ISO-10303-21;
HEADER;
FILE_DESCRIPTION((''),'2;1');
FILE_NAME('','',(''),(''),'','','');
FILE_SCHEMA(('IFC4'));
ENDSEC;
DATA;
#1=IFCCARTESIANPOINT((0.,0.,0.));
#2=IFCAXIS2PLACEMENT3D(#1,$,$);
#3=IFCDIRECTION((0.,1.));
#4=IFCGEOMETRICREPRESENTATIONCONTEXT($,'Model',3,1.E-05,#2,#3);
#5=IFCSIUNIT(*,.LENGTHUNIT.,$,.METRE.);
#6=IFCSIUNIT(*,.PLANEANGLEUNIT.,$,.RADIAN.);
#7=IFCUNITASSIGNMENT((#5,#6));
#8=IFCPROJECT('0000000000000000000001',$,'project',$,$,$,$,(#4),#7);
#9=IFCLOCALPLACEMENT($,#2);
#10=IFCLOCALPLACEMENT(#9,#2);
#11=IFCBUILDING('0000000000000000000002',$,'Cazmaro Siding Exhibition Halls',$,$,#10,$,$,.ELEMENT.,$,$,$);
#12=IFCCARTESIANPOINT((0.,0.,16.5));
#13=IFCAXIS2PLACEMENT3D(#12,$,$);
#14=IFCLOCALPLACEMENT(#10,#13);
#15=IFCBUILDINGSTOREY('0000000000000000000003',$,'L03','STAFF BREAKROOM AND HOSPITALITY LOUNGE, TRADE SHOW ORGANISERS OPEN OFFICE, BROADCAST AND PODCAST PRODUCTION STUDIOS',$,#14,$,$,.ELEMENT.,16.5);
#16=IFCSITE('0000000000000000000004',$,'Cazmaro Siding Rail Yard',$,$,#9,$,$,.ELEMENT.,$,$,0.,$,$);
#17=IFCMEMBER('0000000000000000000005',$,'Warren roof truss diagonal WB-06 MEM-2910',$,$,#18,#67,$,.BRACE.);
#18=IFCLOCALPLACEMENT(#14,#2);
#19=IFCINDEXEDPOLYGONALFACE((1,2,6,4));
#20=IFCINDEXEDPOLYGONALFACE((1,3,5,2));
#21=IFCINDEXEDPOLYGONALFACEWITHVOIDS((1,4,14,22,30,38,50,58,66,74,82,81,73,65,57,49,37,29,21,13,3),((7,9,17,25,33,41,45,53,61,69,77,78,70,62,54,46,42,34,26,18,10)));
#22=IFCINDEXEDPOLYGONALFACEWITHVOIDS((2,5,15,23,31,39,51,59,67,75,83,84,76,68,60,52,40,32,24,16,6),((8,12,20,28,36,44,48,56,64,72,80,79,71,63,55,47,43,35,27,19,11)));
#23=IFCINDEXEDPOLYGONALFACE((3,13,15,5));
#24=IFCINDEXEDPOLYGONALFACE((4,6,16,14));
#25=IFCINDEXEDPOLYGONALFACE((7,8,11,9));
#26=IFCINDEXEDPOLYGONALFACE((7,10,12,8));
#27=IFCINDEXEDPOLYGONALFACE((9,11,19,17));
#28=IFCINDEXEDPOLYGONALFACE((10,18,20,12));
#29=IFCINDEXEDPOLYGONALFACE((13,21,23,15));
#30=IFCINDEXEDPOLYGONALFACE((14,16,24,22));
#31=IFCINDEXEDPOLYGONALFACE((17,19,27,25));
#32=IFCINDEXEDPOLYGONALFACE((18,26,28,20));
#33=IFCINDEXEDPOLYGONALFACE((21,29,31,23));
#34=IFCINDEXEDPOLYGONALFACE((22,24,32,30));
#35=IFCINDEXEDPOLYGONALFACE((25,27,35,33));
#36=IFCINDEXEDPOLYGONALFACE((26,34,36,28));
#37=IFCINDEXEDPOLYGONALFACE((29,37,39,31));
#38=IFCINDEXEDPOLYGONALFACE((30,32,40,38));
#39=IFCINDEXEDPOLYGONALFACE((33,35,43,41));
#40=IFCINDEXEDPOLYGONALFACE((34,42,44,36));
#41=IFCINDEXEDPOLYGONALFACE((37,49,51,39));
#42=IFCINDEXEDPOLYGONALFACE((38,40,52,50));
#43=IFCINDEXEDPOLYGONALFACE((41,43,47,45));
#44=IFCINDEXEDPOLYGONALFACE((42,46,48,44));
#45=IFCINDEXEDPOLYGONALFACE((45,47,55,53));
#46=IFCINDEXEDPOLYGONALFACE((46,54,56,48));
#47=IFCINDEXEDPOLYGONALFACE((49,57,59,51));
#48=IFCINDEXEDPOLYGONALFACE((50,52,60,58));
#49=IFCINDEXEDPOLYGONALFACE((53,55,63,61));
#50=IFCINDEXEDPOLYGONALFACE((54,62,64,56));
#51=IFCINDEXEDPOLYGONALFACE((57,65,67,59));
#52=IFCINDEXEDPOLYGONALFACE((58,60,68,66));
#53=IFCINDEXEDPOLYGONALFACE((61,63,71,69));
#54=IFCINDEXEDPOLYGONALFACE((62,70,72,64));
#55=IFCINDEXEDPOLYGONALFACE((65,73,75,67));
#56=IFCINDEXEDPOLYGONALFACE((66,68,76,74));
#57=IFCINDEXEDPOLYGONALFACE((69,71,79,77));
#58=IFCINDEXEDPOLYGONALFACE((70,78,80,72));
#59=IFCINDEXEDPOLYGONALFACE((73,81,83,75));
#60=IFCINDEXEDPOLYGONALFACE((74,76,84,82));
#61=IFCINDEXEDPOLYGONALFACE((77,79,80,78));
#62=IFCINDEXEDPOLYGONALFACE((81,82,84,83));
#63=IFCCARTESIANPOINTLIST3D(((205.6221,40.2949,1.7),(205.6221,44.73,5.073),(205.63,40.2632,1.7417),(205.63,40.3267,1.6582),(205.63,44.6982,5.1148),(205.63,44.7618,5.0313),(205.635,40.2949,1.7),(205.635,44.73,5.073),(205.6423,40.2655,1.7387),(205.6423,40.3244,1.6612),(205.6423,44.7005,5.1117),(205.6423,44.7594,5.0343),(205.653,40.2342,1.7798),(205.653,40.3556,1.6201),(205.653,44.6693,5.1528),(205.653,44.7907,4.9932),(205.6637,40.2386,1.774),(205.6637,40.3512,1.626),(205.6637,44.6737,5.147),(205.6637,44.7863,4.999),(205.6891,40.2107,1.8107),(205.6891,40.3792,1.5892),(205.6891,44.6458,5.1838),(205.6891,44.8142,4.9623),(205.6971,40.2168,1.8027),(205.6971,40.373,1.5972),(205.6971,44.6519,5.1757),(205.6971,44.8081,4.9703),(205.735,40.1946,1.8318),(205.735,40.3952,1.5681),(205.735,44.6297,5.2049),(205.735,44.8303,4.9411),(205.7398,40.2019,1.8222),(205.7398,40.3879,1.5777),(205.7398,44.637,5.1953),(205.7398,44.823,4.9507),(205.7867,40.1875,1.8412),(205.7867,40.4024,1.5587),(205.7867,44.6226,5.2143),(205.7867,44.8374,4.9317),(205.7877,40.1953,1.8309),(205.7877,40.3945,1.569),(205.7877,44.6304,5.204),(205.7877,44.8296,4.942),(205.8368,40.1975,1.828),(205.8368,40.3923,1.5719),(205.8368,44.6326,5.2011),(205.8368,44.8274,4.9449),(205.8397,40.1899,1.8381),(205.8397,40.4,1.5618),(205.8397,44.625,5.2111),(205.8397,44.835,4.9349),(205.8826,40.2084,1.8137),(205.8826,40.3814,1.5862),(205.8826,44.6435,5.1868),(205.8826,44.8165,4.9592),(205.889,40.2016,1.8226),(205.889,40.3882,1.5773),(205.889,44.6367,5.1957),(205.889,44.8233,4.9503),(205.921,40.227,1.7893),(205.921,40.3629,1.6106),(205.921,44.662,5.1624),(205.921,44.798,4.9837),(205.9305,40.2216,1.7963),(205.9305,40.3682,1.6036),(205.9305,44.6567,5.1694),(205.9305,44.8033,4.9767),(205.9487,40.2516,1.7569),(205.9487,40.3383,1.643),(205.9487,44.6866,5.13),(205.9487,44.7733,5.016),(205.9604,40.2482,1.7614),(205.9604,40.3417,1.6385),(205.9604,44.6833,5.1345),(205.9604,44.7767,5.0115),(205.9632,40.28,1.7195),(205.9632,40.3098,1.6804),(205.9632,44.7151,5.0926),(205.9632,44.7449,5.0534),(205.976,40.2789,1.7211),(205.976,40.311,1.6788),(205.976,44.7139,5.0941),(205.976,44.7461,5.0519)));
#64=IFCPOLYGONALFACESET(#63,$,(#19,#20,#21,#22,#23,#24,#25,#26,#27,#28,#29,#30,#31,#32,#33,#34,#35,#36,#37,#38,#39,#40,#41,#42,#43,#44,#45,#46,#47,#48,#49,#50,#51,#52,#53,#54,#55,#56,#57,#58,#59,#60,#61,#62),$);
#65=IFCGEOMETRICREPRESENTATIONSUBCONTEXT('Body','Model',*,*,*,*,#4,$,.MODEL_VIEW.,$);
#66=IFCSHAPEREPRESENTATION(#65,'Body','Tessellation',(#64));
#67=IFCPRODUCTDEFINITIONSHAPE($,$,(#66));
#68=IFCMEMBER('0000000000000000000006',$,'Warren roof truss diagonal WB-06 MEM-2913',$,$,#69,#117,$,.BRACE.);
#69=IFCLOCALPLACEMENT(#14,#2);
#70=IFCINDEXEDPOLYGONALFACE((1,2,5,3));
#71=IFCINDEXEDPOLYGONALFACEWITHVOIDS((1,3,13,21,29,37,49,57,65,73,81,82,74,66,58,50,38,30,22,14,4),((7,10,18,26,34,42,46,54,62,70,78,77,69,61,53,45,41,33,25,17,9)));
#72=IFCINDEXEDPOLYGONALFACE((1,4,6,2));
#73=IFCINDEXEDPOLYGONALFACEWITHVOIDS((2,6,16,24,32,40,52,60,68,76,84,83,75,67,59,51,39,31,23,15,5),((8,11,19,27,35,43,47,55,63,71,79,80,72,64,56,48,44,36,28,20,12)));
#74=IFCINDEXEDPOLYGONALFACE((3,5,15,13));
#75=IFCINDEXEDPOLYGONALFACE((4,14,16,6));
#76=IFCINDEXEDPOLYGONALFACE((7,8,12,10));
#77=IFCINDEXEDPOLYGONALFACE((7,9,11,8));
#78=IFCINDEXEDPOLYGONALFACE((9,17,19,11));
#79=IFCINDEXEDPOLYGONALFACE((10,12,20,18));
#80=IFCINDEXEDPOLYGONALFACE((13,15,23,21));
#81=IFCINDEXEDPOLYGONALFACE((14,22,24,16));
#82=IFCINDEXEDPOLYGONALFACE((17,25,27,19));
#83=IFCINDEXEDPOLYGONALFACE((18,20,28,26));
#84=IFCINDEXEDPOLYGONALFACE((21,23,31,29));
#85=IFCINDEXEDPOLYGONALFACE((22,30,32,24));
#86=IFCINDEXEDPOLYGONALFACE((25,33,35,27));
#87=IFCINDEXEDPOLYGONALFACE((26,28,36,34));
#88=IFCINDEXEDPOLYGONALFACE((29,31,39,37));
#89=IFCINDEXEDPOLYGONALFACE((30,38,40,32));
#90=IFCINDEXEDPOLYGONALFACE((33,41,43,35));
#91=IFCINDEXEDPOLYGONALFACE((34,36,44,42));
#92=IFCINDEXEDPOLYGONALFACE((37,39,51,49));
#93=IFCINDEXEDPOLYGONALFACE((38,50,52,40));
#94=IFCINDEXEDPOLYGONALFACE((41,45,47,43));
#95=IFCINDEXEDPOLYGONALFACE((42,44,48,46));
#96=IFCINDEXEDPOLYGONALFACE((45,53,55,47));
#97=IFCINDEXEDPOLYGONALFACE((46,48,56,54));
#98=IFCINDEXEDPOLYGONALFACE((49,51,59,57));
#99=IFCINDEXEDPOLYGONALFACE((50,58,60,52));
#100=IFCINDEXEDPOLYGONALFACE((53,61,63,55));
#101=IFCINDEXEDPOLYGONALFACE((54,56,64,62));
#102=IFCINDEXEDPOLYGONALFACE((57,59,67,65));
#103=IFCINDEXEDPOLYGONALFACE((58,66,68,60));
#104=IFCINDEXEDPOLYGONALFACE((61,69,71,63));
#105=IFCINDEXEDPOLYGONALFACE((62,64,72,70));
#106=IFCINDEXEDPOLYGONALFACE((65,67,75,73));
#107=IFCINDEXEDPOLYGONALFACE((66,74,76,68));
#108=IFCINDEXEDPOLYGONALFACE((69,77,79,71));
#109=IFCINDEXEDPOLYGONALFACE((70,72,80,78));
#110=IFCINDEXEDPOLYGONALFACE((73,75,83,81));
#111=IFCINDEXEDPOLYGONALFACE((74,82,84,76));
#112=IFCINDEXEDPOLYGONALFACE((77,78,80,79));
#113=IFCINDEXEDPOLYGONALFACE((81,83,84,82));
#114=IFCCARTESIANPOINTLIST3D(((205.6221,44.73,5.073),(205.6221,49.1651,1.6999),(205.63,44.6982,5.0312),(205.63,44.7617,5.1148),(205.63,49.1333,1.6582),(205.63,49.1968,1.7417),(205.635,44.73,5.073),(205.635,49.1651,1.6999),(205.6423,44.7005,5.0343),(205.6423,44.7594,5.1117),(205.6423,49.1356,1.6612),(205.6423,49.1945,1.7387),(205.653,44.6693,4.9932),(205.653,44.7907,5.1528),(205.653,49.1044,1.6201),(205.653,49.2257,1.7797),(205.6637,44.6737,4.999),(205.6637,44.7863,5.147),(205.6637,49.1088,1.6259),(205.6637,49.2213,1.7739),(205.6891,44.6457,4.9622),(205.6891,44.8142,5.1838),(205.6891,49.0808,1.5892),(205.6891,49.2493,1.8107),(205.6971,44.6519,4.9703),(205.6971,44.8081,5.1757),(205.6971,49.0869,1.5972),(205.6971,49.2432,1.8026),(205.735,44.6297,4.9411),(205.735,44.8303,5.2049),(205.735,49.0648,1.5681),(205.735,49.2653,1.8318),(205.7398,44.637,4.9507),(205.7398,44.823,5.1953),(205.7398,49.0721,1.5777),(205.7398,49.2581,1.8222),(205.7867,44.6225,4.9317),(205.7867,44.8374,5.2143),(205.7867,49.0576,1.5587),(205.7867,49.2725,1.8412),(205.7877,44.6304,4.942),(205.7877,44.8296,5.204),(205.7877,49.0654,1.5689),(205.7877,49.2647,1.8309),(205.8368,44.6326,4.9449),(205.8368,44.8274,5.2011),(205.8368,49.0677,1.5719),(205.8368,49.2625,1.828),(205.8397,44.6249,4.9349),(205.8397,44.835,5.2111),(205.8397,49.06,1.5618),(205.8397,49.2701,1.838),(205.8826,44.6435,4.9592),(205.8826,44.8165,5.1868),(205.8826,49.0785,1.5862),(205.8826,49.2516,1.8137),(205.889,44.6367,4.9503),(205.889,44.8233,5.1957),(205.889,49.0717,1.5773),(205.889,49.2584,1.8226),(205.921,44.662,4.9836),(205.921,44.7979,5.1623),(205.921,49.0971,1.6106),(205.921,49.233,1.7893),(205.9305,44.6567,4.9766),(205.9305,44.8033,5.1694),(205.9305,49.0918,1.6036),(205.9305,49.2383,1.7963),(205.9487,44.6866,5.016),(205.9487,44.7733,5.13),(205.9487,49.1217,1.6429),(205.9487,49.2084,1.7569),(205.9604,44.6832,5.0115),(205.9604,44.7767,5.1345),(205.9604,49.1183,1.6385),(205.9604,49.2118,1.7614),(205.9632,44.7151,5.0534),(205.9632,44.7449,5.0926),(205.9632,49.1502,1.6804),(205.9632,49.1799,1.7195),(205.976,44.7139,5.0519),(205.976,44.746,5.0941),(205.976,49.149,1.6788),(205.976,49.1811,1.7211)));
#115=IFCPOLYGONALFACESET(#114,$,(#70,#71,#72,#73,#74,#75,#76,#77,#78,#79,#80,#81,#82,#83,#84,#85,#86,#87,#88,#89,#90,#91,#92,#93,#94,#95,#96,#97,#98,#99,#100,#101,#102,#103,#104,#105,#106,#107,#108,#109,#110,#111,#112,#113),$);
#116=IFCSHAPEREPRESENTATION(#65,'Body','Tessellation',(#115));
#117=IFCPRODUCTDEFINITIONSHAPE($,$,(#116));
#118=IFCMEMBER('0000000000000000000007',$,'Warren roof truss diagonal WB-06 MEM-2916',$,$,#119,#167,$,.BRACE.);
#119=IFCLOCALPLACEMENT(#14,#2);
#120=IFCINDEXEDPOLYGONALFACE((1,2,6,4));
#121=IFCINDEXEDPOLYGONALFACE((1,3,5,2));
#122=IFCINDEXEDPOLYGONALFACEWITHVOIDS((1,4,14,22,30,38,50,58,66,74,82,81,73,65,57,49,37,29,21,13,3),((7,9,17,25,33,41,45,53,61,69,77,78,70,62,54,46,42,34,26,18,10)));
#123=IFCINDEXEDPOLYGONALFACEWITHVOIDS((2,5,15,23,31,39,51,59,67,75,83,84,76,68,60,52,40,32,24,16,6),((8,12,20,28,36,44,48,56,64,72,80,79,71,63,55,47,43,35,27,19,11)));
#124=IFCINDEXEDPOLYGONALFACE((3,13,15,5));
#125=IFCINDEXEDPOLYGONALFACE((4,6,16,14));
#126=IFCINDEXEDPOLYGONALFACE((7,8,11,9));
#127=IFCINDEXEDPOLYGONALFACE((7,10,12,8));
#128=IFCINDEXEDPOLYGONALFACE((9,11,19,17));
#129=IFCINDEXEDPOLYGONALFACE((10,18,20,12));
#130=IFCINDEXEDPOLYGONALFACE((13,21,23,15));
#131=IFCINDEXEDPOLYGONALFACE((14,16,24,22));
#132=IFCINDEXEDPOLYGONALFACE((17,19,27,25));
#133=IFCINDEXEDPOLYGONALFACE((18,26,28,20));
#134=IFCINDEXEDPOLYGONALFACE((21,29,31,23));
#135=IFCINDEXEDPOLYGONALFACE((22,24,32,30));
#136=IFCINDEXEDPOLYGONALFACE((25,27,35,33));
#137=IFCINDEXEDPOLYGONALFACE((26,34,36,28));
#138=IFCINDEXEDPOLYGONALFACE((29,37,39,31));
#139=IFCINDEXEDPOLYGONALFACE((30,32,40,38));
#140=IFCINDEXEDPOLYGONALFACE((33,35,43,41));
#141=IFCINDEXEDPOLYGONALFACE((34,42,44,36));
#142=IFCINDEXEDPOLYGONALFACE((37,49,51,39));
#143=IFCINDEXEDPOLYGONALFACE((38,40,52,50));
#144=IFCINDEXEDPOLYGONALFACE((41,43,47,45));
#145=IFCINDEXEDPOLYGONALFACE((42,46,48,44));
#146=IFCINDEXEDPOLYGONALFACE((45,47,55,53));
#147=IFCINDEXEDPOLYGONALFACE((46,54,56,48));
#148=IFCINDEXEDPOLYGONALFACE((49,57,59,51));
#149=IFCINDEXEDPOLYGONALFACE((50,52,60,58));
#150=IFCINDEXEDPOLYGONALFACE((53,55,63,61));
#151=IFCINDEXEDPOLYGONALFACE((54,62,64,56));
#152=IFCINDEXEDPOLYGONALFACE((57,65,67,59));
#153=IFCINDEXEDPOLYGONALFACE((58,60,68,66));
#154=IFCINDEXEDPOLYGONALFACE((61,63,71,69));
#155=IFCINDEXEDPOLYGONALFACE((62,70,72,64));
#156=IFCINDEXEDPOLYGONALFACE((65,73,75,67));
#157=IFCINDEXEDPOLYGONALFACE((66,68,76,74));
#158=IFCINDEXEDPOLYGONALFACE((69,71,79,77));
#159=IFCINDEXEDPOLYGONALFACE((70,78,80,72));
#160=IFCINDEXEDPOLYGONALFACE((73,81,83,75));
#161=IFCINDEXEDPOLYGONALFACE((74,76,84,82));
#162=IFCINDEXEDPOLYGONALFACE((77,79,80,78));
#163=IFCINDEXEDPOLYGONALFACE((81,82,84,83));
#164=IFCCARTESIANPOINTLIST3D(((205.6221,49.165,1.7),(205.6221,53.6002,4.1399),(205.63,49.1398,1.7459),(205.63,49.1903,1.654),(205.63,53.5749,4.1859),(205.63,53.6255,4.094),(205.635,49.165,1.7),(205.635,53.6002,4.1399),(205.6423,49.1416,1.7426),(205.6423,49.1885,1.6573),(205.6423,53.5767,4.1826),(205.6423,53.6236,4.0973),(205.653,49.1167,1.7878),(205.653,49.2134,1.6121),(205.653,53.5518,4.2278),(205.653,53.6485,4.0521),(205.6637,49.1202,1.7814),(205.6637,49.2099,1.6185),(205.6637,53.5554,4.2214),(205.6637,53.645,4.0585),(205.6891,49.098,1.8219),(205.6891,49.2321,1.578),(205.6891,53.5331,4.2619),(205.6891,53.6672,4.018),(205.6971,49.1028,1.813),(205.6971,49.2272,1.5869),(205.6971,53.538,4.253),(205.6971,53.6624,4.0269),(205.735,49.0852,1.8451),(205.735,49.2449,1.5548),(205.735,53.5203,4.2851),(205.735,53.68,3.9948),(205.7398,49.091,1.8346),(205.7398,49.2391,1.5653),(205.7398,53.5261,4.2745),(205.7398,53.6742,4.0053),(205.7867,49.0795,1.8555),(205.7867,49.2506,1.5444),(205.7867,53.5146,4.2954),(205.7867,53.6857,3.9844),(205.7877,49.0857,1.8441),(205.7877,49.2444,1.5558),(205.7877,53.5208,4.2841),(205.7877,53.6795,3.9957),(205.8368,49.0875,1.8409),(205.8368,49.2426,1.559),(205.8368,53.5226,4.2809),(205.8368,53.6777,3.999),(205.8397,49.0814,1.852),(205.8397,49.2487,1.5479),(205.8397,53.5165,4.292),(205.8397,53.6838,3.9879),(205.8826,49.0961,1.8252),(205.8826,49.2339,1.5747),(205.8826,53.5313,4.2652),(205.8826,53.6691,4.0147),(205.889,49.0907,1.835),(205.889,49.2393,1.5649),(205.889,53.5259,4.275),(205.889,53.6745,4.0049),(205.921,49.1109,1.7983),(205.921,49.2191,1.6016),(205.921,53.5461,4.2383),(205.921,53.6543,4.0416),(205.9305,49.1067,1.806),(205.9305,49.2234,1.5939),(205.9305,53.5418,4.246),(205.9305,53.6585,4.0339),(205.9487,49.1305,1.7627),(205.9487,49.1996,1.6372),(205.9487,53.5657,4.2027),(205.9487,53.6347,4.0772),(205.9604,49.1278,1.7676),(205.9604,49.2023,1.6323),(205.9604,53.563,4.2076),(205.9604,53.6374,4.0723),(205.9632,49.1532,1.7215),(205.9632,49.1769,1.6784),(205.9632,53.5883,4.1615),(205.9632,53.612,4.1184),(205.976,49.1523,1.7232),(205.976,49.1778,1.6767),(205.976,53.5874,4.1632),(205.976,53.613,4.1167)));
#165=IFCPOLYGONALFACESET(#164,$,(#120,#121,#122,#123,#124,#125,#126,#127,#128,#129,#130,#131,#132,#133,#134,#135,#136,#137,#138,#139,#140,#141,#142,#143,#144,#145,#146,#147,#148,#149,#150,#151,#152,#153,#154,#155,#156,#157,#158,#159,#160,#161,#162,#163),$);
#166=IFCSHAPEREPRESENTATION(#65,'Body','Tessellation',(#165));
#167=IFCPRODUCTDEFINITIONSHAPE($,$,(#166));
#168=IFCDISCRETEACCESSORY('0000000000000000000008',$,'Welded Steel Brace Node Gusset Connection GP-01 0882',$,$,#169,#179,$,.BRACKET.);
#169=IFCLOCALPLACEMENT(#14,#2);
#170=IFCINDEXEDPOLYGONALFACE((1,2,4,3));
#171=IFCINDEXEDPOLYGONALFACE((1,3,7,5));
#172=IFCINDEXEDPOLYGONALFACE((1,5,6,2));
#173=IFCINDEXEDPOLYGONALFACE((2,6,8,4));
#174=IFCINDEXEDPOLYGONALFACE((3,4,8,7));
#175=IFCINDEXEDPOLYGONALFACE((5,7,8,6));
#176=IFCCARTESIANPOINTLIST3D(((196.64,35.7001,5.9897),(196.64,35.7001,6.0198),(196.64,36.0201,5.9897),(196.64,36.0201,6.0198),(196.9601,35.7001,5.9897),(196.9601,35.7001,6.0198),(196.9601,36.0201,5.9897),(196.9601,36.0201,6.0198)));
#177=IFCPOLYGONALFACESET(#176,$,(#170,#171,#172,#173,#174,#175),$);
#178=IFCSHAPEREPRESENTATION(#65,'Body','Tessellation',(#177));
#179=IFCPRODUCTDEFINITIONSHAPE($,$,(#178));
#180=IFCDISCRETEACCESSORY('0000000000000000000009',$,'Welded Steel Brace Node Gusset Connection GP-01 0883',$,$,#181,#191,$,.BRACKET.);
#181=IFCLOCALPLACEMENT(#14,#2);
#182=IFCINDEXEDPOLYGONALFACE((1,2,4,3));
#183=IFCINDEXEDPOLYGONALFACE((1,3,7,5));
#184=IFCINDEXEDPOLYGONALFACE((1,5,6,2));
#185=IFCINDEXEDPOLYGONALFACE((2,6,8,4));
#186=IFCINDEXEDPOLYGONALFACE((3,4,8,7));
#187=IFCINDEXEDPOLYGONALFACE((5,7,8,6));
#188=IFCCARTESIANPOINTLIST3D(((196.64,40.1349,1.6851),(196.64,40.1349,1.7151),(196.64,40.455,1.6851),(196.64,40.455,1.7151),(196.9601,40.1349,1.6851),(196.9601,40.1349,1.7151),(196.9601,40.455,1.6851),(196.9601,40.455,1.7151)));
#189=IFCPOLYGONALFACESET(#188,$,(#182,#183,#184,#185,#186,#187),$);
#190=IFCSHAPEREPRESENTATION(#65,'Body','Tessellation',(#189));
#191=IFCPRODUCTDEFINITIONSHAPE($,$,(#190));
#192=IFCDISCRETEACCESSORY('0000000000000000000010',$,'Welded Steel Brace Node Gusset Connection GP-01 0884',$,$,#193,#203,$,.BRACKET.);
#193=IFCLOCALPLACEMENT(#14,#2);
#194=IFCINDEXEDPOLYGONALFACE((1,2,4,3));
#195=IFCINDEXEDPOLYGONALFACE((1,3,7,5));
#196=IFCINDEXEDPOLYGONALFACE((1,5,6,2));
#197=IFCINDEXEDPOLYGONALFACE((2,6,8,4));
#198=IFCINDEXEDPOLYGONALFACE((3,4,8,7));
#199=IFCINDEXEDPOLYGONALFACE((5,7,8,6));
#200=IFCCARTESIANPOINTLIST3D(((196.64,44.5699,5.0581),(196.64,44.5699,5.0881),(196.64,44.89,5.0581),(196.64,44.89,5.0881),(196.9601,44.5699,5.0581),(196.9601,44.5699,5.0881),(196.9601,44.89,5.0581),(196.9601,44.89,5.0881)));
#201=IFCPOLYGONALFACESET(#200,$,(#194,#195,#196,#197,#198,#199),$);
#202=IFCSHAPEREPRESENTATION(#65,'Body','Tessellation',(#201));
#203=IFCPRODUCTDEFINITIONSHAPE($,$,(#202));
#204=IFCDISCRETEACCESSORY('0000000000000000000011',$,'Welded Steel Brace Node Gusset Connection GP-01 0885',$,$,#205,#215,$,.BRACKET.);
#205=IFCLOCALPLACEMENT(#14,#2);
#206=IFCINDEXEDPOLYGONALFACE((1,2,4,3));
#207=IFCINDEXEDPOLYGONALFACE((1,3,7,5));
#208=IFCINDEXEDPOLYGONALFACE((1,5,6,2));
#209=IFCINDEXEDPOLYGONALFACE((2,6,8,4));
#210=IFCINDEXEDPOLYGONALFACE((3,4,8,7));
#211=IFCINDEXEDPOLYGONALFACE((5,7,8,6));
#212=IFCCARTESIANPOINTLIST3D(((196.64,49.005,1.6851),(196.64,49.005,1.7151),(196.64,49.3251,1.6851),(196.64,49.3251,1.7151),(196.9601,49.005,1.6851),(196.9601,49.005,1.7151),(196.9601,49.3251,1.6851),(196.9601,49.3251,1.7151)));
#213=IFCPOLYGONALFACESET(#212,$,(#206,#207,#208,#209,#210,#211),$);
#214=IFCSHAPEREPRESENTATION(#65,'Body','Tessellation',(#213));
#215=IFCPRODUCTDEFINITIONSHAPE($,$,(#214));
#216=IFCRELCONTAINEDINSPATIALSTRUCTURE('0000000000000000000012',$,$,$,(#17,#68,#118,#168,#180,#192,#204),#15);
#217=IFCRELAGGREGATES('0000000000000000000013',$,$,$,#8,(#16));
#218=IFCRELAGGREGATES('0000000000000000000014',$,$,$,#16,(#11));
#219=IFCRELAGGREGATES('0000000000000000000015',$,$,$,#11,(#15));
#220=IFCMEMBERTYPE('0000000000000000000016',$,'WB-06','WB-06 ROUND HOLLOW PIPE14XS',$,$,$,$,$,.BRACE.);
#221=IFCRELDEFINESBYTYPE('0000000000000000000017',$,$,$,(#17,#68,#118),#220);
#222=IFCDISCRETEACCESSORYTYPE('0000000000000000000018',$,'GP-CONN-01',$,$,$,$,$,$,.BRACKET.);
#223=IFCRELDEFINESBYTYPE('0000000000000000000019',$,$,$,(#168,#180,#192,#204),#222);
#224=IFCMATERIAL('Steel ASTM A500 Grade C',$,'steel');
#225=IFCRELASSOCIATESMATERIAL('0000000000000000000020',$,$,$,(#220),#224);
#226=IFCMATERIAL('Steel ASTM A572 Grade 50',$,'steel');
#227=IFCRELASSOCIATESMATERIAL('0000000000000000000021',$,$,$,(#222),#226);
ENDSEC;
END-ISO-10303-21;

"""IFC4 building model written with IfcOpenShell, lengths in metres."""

from ifc_helpers import new_model, si_unit, direction, frame, origin, origin_2d, place, context, subcontext, project, spatial, rectangle, hollow_circle, extrude, material, material_profile, profile_set, type_object, element, save


model = new_model("IFC4")

# Units and contexts
model_context = context("Model", 3, precision=1e-05, world=origin(), true_north=direction((0.0, 1.0)))
body_context = subcontext(model_context, "Body", "Model", "MODEL_VIEW")
ifc_project = project(units=[si_unit("LENGTHUNIT", "METRE"), si_unit("PLANEANGLEUNIT", "RADIAN")], contexts=[model_context])

# Site, building, storey
site_placement = place(None, origin())
site = spatial("IfcSite", under=ifc_project, at=site_placement, Name="Cazmaro Siding Rail Yard", CompositionType="ELEMENT", RefElevation=0.0)
building_placement = place(site_placement, origin())
building = spatial("IfcBuilding", under=site, at=building_placement, Name="Cazmaro Siding Exhibition Halls", CompositionType="ELEMENT")
storey_placement = place(building_placement, frame((0.0, 0.0, 16.5)))
storey = spatial("IfcBuildingStorey", under=building, at=storey_placement, Name="L03", Description="STAFF BREAKROOM AND HOSPITALITY LOUNGE, TRADE SHOW ORGANISERS OPEN OFFICE, BROADCAST AND PODCAST PRODUCTION STUDIOS", CompositionType="ELEMENT", Elevation=16.5)

# Members
ifc_material_1 = material(Name="Steel ASTM A500 Grade C", Category="steel")
ifc_material_profile_1 = material_profile(ifc_material_1, hollow_circle(Radius=0.178, WallThickness=0.0129, at=origin_2d()), Name="PIPE14XS")
ifc_profile_set_1 = profile_set([ifc_material_profile_1], Name="Steel ASTM A500 Grade C")
member_type_1 = type_object("IfcMemberType", Name="WB-06", Description="WB-06 ROUND HOLLOW PIPE14XS", PredefinedType="BRACE", material=ifc_profile_set_1)
for number, where, z_axis, x_axis, name in (
    (1, (205.8, 40.2949, 1.7), (0.0, 0.795954, 0.605357), (-1.0, 0.0, 0.0), "Warren roof truss diagonal WB-06 MEM-2910"),
    (2, (205.8, 44.73, 5.073), (0.0, 0.795954, -0.605357), (-1.0, 0.0, 0.0), "Warren roof truss diagonal WB-06 MEM-2913"),
):
    element("IfcMember", number, at=place(storey_placement, frame(where, z_axis=z_axis, x_axis=x_axis)), inside=storey, type_object=member_type_1, Name=name, PredefinedType="BRACE", context=body_context, shape_type="SweptSolid", body=[
        extrude(hollow_circle(Radius=0.178, WallThickness=0.0129, at=origin_2d()), origin(), (0.0, 0.0, 1.0), 5.572),
    ])
member_1_placement = place(storey_placement, frame((205.8, 49.165, 1.7), z_axis=(0.0, 0.876161, 0.482019), x_axis=(-1.0, 0.0, 0.0)))
element("IfcMember", 3, at=member_1_placement, inside=storey, type_object=member_type_1, Name="Warren roof truss diagonal WB-06 MEM-2916", PredefinedType="BRACE", context=body_context, shape_type="SweptSolid", body=[
    extrude(hollow_circle(Radius=0.178, WallThickness=0.0129, at=origin_2d()), origin(), (0.0, 0.0, 1.0), 5.062),
])

# Discrete accessories
ifc_material_2 = material(Name="Steel ASTM A572 Grade 50", Category="steel")
discrete_accessory_type = type_object("IfcDiscreteAccessoryType", Name="GP-CONN-01", PredefinedType="BRACKET", material=ifc_material_2)
for number, where, z_axis, x_axis, name in (
    (4, (196.8, 35.8601, 5.9897), (0.0, 0.0, 1.0), (1.0, 0.0, 0.0), "Welded Steel Brace Node Gusset Connection GP-01 0882"),
    (5, (196.8, 40.2949, 1.6851), (0.0, 0.0, 1.0), (1.0, 0.0, 0.0), "Welded Steel Brace Node Gusset Connection GP-01 0883"),
    (6, (196.8, 44.73, 5.0581), (0.0, 0.0, 1.0), (1.0, 0.0, 0.0), "Welded Steel Brace Node Gusset Connection GP-01 0884"),
    (7, (196.8, 49.165, 1.6851), (0.0, 0.0, 1.0), (1.0, 0.0, 0.0), "Welded Steel Brace Node Gusset Connection GP-01 0885"),
):
    element("IfcDiscreteAccessory", number, at=place(storey_placement, frame(where, z_axis=z_axis, x_axis=x_axis)), inside=storey, type_object=discrete_accessory_type, Name=name, PredefinedType="BRACKET", context=body_context, shape_type="SweptSolid", body=[
        extrude(rectangle(XDim=0.3201, YDim=0.3201, at=origin_2d()), origin(), (0.0, 0.0, 1.0), 0.03),
    ])

save(model, "model.ifc")
